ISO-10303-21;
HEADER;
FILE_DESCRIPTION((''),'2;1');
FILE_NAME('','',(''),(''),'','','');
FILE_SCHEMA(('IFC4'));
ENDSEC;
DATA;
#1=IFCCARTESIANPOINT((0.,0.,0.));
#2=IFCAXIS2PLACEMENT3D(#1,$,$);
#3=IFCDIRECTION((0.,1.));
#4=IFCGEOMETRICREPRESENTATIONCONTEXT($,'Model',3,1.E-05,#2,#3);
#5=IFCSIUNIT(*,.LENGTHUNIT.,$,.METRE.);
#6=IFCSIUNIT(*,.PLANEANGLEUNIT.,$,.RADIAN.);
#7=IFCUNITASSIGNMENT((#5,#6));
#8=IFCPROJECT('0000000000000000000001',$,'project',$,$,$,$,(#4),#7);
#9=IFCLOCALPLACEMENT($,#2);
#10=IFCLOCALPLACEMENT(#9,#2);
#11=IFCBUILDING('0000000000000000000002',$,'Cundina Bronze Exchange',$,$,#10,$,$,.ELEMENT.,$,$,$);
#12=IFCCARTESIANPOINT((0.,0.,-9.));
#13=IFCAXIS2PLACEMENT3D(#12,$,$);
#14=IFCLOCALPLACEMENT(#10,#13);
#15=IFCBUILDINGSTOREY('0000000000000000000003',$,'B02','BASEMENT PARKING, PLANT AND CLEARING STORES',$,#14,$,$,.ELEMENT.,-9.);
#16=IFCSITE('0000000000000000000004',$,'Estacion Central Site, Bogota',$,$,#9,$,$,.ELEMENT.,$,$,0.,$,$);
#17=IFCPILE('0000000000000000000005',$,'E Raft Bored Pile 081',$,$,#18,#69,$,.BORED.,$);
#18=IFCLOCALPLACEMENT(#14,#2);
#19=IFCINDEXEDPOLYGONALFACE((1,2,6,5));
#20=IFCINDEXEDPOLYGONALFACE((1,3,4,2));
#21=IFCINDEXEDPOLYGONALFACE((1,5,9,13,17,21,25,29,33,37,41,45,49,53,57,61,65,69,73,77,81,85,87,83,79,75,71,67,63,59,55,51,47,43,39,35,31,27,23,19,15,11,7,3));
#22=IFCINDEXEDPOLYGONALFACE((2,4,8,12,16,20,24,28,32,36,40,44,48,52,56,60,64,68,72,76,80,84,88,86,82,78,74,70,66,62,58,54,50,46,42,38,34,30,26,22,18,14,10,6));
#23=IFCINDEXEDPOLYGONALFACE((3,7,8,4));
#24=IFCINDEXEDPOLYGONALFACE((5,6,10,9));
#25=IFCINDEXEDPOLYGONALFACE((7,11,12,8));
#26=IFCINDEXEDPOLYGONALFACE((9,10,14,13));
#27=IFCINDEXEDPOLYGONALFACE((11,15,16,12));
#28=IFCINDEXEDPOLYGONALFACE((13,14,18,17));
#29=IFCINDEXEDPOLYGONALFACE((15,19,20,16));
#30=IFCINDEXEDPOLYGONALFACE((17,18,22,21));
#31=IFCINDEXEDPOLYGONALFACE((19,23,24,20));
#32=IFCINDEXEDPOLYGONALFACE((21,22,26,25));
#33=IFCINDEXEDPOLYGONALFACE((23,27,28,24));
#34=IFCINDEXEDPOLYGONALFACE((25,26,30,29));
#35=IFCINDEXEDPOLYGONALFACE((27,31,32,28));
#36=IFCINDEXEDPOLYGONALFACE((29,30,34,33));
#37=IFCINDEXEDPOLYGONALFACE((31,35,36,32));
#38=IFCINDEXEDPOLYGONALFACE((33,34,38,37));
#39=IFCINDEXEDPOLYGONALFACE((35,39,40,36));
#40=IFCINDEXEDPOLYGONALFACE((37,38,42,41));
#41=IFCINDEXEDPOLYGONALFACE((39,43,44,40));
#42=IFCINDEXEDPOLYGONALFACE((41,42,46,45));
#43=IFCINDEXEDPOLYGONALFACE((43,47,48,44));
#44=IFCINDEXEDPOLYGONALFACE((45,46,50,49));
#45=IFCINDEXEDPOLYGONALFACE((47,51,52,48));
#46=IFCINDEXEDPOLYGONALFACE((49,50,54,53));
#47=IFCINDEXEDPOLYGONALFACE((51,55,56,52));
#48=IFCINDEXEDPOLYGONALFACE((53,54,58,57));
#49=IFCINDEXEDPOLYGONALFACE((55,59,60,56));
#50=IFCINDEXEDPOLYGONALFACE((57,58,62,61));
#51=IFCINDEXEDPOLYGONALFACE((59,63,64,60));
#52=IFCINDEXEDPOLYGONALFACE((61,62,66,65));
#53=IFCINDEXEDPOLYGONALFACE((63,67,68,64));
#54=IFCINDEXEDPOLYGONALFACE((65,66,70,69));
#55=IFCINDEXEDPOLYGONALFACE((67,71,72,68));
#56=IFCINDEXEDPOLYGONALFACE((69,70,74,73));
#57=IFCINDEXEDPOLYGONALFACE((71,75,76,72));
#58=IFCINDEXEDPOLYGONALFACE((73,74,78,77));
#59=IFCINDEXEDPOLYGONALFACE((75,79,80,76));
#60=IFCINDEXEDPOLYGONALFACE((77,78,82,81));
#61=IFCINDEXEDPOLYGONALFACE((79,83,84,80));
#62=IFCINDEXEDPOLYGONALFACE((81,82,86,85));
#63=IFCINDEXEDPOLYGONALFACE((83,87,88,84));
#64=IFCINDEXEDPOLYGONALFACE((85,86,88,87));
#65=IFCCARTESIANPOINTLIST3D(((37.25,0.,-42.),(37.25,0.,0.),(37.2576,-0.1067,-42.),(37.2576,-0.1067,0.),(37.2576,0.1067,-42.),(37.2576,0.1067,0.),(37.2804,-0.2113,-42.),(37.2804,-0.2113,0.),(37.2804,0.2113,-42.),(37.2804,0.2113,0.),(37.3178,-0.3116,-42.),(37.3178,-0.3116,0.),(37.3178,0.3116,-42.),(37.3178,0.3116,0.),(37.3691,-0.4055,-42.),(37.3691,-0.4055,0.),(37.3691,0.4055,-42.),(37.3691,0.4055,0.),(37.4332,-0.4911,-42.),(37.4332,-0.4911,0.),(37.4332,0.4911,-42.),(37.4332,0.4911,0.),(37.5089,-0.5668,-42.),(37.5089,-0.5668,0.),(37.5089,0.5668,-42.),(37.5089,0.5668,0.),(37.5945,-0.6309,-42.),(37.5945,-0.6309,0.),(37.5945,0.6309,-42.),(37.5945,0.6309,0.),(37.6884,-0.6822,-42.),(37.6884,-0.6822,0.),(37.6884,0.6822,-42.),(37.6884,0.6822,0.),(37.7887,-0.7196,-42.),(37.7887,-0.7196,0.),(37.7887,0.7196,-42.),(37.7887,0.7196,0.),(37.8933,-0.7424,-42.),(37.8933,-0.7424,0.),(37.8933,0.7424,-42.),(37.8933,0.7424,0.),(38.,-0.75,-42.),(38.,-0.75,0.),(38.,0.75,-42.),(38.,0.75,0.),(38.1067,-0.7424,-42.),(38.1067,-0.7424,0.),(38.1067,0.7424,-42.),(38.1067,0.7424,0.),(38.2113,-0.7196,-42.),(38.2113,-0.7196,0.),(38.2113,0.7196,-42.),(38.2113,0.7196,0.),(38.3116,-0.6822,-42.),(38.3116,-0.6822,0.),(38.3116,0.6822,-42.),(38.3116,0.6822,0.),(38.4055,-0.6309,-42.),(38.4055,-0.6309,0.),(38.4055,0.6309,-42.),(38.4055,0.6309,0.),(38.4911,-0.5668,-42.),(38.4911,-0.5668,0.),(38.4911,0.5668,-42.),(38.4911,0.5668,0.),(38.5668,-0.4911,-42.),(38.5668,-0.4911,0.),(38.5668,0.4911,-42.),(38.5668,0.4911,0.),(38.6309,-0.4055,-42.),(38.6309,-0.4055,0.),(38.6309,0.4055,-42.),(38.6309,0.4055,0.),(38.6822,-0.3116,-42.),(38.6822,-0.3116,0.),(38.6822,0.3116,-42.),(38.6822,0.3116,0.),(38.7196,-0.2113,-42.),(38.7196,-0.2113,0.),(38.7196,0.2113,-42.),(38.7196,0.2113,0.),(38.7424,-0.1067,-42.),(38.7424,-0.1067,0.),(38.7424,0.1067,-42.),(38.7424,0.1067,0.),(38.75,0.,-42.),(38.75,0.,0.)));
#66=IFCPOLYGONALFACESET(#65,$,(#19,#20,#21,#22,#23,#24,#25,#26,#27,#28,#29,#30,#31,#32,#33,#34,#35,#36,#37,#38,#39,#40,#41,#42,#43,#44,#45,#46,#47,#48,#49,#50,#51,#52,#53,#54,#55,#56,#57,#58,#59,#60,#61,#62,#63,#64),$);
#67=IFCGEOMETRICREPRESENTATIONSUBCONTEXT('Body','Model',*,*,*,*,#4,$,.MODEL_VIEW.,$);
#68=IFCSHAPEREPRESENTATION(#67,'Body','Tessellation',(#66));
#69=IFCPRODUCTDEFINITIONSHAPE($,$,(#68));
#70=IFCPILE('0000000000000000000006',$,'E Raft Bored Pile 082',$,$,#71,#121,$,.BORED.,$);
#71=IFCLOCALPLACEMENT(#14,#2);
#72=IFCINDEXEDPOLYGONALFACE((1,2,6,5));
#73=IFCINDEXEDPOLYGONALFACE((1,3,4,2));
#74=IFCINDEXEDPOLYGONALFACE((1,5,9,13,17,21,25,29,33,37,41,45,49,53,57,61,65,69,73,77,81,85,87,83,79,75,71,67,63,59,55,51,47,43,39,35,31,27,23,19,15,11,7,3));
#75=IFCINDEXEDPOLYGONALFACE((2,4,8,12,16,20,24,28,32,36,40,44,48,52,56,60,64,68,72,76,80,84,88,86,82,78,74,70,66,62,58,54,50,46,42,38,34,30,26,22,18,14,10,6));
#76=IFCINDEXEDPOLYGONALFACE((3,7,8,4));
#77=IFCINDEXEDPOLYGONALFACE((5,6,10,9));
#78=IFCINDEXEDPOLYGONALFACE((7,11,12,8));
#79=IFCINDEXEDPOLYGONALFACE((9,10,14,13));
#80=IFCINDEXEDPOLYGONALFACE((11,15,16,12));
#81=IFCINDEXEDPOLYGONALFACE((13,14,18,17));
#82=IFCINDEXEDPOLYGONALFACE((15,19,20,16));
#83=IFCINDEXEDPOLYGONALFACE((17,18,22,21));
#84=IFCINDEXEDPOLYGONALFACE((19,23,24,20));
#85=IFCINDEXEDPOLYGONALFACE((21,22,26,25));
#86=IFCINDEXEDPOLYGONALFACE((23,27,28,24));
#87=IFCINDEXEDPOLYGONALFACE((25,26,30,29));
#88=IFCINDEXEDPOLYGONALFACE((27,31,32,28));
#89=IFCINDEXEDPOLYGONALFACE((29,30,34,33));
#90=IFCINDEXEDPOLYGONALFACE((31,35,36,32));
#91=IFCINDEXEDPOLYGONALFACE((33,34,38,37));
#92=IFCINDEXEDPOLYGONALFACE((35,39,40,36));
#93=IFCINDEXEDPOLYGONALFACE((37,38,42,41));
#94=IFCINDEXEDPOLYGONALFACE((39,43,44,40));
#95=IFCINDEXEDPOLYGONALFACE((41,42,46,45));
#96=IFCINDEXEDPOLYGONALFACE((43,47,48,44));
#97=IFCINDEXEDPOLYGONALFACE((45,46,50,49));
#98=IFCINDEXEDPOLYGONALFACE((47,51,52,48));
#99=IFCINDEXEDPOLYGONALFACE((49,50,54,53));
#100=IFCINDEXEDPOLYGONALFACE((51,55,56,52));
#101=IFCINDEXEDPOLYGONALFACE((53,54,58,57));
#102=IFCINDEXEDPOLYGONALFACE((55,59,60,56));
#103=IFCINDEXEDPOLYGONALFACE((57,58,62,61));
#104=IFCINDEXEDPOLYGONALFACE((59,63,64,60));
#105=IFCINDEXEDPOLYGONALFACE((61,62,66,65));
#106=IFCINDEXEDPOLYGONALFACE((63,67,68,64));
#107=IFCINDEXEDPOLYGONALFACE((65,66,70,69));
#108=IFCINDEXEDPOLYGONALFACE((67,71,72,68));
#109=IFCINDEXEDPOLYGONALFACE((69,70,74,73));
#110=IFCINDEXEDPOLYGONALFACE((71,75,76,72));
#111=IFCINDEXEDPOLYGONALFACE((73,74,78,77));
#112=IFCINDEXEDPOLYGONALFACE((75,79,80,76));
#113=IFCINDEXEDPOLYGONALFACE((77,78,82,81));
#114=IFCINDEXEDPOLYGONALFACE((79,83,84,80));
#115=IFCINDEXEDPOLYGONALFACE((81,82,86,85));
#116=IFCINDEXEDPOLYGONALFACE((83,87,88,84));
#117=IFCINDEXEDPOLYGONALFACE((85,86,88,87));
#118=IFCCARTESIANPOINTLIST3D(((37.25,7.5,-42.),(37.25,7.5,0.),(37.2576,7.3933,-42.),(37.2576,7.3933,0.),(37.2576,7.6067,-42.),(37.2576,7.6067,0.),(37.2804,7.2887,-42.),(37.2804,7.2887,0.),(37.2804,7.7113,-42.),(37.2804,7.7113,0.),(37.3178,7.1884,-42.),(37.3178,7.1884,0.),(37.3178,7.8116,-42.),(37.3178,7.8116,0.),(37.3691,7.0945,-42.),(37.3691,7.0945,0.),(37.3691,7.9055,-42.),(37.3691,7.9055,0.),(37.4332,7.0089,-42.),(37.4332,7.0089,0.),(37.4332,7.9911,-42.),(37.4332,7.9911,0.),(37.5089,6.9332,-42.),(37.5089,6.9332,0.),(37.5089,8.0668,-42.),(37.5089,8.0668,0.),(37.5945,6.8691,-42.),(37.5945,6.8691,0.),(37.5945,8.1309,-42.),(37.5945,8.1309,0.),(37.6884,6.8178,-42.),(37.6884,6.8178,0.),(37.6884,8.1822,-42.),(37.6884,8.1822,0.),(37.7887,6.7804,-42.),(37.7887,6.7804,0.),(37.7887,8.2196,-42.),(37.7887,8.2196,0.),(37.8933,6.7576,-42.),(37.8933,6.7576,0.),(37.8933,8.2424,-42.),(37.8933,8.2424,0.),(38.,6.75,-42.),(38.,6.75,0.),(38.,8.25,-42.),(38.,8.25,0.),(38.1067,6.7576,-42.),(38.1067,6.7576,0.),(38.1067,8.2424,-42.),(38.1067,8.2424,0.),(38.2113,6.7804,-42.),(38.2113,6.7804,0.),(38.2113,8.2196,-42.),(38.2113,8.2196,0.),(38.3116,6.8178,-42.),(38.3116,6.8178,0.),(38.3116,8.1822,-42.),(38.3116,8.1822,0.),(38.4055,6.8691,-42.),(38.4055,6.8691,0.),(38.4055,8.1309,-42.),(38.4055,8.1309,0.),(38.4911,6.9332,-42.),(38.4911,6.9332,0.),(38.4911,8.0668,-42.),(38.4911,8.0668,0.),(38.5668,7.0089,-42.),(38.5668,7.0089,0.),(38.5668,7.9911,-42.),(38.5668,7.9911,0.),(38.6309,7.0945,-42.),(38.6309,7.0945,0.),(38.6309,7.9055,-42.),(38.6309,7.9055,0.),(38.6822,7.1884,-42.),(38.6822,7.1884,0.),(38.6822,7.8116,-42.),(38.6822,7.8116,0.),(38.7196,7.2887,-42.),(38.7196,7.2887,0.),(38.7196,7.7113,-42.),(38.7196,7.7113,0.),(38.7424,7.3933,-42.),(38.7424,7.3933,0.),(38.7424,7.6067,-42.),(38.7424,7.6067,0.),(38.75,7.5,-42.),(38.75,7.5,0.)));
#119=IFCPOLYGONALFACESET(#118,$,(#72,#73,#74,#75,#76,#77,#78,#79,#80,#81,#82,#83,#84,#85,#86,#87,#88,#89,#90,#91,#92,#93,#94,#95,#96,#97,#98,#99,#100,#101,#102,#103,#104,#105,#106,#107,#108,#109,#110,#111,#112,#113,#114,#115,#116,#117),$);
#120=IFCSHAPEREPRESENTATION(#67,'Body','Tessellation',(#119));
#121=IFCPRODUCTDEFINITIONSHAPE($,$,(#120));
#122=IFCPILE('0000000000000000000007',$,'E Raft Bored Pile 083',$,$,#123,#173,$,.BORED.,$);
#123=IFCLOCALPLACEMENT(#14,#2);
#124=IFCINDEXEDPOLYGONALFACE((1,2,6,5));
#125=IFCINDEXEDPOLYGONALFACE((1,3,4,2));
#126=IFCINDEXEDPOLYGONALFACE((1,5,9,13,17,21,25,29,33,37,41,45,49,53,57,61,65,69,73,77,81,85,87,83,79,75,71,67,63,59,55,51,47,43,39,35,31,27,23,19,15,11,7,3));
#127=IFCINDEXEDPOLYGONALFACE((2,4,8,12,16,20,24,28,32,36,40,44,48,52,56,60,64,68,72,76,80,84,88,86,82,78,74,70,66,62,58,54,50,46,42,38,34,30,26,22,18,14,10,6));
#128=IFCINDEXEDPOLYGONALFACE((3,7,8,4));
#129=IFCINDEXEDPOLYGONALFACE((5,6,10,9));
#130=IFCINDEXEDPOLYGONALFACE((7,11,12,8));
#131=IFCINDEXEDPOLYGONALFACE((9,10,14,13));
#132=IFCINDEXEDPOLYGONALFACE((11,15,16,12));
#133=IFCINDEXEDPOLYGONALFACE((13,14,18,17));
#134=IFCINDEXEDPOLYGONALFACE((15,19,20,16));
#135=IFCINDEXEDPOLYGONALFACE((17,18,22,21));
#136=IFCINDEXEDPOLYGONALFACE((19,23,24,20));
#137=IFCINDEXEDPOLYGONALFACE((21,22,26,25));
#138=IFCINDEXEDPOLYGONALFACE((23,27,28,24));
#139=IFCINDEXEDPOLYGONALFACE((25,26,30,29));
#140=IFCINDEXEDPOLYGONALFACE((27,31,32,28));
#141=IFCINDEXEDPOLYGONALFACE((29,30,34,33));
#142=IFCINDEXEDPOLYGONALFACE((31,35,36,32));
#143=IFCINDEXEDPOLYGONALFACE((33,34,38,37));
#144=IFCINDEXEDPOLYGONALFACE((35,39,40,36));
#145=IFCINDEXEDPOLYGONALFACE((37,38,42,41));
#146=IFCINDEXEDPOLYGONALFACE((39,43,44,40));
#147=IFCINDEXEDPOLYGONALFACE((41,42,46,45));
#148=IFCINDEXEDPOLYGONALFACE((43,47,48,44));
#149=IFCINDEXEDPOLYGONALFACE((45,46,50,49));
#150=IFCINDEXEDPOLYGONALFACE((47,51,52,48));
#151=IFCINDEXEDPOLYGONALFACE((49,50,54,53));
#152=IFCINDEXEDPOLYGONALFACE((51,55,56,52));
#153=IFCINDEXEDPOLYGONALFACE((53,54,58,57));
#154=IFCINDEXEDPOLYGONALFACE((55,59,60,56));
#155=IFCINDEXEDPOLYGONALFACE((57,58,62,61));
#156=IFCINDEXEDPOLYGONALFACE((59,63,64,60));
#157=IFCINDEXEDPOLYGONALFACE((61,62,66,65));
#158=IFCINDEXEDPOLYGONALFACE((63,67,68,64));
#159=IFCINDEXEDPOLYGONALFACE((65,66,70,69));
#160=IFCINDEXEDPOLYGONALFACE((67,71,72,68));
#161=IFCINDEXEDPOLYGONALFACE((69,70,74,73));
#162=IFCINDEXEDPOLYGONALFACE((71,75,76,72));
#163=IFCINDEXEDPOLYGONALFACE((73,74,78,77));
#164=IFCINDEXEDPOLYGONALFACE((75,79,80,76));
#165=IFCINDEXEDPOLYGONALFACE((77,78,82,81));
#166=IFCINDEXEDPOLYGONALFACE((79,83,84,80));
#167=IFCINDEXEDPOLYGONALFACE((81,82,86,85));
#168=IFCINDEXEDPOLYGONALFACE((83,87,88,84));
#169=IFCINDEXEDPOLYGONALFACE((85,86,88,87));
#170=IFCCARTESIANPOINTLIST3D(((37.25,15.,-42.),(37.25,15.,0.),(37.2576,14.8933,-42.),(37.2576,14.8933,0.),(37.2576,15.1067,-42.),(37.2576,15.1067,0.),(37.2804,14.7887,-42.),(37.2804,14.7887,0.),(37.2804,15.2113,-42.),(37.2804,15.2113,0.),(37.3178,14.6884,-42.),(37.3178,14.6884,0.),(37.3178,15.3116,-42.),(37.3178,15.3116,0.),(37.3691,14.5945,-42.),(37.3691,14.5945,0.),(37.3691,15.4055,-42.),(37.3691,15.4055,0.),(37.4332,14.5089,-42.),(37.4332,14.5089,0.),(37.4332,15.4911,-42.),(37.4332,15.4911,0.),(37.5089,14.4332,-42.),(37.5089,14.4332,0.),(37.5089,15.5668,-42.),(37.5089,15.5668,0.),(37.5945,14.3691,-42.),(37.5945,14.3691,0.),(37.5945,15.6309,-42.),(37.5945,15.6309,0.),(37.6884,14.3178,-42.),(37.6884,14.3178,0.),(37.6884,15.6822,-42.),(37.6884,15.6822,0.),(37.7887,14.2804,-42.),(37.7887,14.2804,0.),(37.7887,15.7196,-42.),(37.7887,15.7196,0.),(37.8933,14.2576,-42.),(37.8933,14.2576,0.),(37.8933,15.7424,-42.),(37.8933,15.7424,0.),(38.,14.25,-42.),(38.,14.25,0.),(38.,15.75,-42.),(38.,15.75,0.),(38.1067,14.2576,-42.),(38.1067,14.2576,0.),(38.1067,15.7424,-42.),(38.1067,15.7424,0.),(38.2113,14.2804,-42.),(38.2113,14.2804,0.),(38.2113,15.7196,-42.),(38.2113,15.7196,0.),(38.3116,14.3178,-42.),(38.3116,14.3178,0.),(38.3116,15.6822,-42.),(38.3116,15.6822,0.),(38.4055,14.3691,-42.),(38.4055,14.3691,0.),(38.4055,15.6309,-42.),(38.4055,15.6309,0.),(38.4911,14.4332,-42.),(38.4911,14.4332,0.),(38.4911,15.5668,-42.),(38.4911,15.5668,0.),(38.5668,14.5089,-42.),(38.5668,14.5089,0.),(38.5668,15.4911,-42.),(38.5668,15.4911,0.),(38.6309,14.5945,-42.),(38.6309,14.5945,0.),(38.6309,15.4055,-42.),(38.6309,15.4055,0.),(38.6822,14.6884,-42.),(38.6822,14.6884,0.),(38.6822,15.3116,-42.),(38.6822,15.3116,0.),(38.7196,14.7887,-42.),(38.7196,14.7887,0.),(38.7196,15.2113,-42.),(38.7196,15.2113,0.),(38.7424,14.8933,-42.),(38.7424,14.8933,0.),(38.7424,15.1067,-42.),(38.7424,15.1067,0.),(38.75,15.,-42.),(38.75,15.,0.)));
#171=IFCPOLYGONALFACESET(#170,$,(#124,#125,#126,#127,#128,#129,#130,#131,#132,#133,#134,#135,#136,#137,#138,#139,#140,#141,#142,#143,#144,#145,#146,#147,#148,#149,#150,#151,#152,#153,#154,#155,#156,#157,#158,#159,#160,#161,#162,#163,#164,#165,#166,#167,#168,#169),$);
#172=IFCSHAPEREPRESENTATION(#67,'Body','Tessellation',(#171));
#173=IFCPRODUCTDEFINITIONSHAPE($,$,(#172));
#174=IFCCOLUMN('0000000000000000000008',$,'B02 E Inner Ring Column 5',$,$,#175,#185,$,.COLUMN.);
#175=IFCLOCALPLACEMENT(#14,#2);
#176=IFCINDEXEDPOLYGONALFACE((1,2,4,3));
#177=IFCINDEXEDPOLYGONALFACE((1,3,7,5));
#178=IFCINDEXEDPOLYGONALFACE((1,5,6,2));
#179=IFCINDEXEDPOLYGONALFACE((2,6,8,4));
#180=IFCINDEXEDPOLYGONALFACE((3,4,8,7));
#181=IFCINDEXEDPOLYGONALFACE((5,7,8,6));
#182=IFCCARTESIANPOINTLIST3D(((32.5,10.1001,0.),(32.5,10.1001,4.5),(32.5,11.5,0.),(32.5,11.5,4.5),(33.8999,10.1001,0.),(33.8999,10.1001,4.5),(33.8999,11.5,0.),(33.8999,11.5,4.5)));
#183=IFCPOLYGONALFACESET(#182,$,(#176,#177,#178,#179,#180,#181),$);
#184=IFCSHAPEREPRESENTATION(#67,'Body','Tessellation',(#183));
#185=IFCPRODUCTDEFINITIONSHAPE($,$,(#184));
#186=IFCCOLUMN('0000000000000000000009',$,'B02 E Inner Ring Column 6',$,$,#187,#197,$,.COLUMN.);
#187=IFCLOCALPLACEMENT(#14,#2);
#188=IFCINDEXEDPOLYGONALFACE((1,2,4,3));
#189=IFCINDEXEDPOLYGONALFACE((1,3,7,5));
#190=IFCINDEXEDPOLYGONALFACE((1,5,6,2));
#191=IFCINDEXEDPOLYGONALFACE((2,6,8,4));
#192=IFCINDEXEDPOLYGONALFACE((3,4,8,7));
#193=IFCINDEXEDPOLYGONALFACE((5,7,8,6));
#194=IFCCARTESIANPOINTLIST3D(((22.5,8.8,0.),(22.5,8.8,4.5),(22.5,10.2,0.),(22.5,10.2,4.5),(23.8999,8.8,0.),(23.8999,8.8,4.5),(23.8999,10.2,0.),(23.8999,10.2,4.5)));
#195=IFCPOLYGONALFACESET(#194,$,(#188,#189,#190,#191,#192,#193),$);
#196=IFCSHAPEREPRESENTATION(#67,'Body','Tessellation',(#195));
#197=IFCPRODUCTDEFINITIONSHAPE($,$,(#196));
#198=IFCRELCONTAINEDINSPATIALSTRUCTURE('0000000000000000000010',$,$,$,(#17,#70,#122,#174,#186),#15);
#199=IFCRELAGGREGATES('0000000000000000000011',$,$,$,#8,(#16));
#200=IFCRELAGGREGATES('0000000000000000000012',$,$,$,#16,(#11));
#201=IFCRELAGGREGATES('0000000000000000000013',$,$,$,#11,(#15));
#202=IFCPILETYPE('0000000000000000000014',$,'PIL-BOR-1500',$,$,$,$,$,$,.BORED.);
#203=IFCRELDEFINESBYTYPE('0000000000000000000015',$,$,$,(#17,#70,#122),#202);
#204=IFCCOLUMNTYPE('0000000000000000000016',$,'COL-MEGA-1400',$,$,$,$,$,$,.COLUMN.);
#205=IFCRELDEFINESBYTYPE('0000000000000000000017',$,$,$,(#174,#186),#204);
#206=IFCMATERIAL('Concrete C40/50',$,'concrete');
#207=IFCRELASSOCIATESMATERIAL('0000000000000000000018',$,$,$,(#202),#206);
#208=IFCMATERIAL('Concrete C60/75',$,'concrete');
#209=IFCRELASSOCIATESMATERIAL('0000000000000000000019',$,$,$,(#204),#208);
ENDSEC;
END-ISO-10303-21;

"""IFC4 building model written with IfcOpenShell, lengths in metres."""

from ifc_helpers import new_model, si_unit, direction, frame, origin, origin_2d, place, context, subcontext, project, spatial, rectangle, circle, extrude, material, material_profile, profile_set, type_object, element, save


model = new_model("IFC4")

# Units and contexts
model_context = context("Model", 3, precision=1e-05, world=origin(), true_north=direction((0.0, 1.0)))
body_context = subcontext(model_context, "Body", "Model", "MODEL_VIEW")
ifc_project = project(units=[si_unit("LENGTHUNIT", "METRE"), si_unit("PLANEANGLEUNIT", "RADIAN")], contexts=[model_context])

# Site, building, storey
site_placement = place(None, origin())
site = spatial("IfcSite", under=ifc_project, at=site_placement, Name="Estacion Central Site, Bogota", CompositionType="ELEMENT", RefElevation=0.0)
building_placement = place(site_placement, origin())
building = spatial("IfcBuilding", under=site, at=building_placement, Name="Cundina Bronze Exchange", CompositionType="ELEMENT")
storey_placement = place(building_placement, frame((0.0, 0.0, -9.0)))
storey = spatial("IfcBuildingStorey", under=building, at=storey_placement, Name="B02", Description="BASEMENT PARKING, PLANT AND CLEARING STORES", CompositionType="ELEMENT", Elevation=-9.0)

# Shared definitions
ifc_material_1 = material(Name="Concrete C40/50", Category="concrete")

# Piles
ifc_material_profile_1 = material_profile(ifc_material_1, circle(Radius=0.75, at=origin_2d()), Name="PILE1500D", Category="concrete")
ifc_profile_set_1 = profile_set([ifc_material_profile_1], Name="Concrete C40/50")
pile_type_1 = type_object("IfcPileType", Name="PIL-BOR-1500", PredefinedType="BORED", material=ifc_profile_set_1)
for number, where, z_axis, x_axis, name in (
    (1, (38.0, 0.0, 0.0), (0.0, 0.0, -1.0), (1.0, 0.0, 0.0), "E Raft Bored Pile 081"),
    (2, (38.0, 7.5, 0.0), (0.0, 0.0, -1.0), (1.0, 0.0, 0.0), "E Raft Bored Pile 082"),
    (3, (38.0, 15.0, 0.0), (0.0, 0.0, -1.0), (1.0, 0.0, 0.0), "E Raft Bored Pile 083"),
):
    element("IfcPile", number, at=place(storey_placement, frame(where, z_axis=z_axis, x_axis=x_axis)), inside=storey, type_object=pile_type_1, Name=name, PredefinedType="BORED", context=body_context, shape_type="SweptSolid", body=[
        extrude(circle(Radius=0.75, at=origin_2d()), origin(), (0.0, 0.0, 1.0), 42.0),
    ])

# Columns
ifc_material_2 = material(Name="Concrete C60/75", Category="concrete")
ifc_material_profile_2 = material_profile(ifc_material_2, rectangle(XDim=1.3999, YDim=1.3999, at=origin_2d()), Name="RC1400X1400", Category="concrete")
ifc_profile_set_2 = profile_set([ifc_material_profile_2], Name="Concrete C60/75")
column_type_1 = type_object("IfcColumnType", Name="COL-MEGA-1400", PredefinedType="COLUMN", material=ifc_profile_set_2)
for number, where, z_axis, x_axis, name in (
    (4, (33.2, 10.8, 0.0), (0.0, 0.0, 1.0), (1.0, 0.0, 0.0), "B02 E Inner Ring Column 5"),
    (5, (23.2, 9.5, 0.0), (0.0, 0.0, 1.0), (1.0, 0.0, 0.0), "B02 E Inner Ring Column 6"),
):
    element("IfcColumn", number, at=place(storey_placement, frame(where, z_axis=z_axis, x_axis=x_axis)), inside=storey, type_object=column_type_1, Name=name, PredefinedType="COLUMN", context=body_context, shape_type="SweptSolid", body=[
        extrude(rectangle(XDim=1.3999, YDim=1.3999, at=origin_2d()), origin(), (0.0, 0.0, 1.0), 4.5),
    ])

save(model, "model.ifc")
